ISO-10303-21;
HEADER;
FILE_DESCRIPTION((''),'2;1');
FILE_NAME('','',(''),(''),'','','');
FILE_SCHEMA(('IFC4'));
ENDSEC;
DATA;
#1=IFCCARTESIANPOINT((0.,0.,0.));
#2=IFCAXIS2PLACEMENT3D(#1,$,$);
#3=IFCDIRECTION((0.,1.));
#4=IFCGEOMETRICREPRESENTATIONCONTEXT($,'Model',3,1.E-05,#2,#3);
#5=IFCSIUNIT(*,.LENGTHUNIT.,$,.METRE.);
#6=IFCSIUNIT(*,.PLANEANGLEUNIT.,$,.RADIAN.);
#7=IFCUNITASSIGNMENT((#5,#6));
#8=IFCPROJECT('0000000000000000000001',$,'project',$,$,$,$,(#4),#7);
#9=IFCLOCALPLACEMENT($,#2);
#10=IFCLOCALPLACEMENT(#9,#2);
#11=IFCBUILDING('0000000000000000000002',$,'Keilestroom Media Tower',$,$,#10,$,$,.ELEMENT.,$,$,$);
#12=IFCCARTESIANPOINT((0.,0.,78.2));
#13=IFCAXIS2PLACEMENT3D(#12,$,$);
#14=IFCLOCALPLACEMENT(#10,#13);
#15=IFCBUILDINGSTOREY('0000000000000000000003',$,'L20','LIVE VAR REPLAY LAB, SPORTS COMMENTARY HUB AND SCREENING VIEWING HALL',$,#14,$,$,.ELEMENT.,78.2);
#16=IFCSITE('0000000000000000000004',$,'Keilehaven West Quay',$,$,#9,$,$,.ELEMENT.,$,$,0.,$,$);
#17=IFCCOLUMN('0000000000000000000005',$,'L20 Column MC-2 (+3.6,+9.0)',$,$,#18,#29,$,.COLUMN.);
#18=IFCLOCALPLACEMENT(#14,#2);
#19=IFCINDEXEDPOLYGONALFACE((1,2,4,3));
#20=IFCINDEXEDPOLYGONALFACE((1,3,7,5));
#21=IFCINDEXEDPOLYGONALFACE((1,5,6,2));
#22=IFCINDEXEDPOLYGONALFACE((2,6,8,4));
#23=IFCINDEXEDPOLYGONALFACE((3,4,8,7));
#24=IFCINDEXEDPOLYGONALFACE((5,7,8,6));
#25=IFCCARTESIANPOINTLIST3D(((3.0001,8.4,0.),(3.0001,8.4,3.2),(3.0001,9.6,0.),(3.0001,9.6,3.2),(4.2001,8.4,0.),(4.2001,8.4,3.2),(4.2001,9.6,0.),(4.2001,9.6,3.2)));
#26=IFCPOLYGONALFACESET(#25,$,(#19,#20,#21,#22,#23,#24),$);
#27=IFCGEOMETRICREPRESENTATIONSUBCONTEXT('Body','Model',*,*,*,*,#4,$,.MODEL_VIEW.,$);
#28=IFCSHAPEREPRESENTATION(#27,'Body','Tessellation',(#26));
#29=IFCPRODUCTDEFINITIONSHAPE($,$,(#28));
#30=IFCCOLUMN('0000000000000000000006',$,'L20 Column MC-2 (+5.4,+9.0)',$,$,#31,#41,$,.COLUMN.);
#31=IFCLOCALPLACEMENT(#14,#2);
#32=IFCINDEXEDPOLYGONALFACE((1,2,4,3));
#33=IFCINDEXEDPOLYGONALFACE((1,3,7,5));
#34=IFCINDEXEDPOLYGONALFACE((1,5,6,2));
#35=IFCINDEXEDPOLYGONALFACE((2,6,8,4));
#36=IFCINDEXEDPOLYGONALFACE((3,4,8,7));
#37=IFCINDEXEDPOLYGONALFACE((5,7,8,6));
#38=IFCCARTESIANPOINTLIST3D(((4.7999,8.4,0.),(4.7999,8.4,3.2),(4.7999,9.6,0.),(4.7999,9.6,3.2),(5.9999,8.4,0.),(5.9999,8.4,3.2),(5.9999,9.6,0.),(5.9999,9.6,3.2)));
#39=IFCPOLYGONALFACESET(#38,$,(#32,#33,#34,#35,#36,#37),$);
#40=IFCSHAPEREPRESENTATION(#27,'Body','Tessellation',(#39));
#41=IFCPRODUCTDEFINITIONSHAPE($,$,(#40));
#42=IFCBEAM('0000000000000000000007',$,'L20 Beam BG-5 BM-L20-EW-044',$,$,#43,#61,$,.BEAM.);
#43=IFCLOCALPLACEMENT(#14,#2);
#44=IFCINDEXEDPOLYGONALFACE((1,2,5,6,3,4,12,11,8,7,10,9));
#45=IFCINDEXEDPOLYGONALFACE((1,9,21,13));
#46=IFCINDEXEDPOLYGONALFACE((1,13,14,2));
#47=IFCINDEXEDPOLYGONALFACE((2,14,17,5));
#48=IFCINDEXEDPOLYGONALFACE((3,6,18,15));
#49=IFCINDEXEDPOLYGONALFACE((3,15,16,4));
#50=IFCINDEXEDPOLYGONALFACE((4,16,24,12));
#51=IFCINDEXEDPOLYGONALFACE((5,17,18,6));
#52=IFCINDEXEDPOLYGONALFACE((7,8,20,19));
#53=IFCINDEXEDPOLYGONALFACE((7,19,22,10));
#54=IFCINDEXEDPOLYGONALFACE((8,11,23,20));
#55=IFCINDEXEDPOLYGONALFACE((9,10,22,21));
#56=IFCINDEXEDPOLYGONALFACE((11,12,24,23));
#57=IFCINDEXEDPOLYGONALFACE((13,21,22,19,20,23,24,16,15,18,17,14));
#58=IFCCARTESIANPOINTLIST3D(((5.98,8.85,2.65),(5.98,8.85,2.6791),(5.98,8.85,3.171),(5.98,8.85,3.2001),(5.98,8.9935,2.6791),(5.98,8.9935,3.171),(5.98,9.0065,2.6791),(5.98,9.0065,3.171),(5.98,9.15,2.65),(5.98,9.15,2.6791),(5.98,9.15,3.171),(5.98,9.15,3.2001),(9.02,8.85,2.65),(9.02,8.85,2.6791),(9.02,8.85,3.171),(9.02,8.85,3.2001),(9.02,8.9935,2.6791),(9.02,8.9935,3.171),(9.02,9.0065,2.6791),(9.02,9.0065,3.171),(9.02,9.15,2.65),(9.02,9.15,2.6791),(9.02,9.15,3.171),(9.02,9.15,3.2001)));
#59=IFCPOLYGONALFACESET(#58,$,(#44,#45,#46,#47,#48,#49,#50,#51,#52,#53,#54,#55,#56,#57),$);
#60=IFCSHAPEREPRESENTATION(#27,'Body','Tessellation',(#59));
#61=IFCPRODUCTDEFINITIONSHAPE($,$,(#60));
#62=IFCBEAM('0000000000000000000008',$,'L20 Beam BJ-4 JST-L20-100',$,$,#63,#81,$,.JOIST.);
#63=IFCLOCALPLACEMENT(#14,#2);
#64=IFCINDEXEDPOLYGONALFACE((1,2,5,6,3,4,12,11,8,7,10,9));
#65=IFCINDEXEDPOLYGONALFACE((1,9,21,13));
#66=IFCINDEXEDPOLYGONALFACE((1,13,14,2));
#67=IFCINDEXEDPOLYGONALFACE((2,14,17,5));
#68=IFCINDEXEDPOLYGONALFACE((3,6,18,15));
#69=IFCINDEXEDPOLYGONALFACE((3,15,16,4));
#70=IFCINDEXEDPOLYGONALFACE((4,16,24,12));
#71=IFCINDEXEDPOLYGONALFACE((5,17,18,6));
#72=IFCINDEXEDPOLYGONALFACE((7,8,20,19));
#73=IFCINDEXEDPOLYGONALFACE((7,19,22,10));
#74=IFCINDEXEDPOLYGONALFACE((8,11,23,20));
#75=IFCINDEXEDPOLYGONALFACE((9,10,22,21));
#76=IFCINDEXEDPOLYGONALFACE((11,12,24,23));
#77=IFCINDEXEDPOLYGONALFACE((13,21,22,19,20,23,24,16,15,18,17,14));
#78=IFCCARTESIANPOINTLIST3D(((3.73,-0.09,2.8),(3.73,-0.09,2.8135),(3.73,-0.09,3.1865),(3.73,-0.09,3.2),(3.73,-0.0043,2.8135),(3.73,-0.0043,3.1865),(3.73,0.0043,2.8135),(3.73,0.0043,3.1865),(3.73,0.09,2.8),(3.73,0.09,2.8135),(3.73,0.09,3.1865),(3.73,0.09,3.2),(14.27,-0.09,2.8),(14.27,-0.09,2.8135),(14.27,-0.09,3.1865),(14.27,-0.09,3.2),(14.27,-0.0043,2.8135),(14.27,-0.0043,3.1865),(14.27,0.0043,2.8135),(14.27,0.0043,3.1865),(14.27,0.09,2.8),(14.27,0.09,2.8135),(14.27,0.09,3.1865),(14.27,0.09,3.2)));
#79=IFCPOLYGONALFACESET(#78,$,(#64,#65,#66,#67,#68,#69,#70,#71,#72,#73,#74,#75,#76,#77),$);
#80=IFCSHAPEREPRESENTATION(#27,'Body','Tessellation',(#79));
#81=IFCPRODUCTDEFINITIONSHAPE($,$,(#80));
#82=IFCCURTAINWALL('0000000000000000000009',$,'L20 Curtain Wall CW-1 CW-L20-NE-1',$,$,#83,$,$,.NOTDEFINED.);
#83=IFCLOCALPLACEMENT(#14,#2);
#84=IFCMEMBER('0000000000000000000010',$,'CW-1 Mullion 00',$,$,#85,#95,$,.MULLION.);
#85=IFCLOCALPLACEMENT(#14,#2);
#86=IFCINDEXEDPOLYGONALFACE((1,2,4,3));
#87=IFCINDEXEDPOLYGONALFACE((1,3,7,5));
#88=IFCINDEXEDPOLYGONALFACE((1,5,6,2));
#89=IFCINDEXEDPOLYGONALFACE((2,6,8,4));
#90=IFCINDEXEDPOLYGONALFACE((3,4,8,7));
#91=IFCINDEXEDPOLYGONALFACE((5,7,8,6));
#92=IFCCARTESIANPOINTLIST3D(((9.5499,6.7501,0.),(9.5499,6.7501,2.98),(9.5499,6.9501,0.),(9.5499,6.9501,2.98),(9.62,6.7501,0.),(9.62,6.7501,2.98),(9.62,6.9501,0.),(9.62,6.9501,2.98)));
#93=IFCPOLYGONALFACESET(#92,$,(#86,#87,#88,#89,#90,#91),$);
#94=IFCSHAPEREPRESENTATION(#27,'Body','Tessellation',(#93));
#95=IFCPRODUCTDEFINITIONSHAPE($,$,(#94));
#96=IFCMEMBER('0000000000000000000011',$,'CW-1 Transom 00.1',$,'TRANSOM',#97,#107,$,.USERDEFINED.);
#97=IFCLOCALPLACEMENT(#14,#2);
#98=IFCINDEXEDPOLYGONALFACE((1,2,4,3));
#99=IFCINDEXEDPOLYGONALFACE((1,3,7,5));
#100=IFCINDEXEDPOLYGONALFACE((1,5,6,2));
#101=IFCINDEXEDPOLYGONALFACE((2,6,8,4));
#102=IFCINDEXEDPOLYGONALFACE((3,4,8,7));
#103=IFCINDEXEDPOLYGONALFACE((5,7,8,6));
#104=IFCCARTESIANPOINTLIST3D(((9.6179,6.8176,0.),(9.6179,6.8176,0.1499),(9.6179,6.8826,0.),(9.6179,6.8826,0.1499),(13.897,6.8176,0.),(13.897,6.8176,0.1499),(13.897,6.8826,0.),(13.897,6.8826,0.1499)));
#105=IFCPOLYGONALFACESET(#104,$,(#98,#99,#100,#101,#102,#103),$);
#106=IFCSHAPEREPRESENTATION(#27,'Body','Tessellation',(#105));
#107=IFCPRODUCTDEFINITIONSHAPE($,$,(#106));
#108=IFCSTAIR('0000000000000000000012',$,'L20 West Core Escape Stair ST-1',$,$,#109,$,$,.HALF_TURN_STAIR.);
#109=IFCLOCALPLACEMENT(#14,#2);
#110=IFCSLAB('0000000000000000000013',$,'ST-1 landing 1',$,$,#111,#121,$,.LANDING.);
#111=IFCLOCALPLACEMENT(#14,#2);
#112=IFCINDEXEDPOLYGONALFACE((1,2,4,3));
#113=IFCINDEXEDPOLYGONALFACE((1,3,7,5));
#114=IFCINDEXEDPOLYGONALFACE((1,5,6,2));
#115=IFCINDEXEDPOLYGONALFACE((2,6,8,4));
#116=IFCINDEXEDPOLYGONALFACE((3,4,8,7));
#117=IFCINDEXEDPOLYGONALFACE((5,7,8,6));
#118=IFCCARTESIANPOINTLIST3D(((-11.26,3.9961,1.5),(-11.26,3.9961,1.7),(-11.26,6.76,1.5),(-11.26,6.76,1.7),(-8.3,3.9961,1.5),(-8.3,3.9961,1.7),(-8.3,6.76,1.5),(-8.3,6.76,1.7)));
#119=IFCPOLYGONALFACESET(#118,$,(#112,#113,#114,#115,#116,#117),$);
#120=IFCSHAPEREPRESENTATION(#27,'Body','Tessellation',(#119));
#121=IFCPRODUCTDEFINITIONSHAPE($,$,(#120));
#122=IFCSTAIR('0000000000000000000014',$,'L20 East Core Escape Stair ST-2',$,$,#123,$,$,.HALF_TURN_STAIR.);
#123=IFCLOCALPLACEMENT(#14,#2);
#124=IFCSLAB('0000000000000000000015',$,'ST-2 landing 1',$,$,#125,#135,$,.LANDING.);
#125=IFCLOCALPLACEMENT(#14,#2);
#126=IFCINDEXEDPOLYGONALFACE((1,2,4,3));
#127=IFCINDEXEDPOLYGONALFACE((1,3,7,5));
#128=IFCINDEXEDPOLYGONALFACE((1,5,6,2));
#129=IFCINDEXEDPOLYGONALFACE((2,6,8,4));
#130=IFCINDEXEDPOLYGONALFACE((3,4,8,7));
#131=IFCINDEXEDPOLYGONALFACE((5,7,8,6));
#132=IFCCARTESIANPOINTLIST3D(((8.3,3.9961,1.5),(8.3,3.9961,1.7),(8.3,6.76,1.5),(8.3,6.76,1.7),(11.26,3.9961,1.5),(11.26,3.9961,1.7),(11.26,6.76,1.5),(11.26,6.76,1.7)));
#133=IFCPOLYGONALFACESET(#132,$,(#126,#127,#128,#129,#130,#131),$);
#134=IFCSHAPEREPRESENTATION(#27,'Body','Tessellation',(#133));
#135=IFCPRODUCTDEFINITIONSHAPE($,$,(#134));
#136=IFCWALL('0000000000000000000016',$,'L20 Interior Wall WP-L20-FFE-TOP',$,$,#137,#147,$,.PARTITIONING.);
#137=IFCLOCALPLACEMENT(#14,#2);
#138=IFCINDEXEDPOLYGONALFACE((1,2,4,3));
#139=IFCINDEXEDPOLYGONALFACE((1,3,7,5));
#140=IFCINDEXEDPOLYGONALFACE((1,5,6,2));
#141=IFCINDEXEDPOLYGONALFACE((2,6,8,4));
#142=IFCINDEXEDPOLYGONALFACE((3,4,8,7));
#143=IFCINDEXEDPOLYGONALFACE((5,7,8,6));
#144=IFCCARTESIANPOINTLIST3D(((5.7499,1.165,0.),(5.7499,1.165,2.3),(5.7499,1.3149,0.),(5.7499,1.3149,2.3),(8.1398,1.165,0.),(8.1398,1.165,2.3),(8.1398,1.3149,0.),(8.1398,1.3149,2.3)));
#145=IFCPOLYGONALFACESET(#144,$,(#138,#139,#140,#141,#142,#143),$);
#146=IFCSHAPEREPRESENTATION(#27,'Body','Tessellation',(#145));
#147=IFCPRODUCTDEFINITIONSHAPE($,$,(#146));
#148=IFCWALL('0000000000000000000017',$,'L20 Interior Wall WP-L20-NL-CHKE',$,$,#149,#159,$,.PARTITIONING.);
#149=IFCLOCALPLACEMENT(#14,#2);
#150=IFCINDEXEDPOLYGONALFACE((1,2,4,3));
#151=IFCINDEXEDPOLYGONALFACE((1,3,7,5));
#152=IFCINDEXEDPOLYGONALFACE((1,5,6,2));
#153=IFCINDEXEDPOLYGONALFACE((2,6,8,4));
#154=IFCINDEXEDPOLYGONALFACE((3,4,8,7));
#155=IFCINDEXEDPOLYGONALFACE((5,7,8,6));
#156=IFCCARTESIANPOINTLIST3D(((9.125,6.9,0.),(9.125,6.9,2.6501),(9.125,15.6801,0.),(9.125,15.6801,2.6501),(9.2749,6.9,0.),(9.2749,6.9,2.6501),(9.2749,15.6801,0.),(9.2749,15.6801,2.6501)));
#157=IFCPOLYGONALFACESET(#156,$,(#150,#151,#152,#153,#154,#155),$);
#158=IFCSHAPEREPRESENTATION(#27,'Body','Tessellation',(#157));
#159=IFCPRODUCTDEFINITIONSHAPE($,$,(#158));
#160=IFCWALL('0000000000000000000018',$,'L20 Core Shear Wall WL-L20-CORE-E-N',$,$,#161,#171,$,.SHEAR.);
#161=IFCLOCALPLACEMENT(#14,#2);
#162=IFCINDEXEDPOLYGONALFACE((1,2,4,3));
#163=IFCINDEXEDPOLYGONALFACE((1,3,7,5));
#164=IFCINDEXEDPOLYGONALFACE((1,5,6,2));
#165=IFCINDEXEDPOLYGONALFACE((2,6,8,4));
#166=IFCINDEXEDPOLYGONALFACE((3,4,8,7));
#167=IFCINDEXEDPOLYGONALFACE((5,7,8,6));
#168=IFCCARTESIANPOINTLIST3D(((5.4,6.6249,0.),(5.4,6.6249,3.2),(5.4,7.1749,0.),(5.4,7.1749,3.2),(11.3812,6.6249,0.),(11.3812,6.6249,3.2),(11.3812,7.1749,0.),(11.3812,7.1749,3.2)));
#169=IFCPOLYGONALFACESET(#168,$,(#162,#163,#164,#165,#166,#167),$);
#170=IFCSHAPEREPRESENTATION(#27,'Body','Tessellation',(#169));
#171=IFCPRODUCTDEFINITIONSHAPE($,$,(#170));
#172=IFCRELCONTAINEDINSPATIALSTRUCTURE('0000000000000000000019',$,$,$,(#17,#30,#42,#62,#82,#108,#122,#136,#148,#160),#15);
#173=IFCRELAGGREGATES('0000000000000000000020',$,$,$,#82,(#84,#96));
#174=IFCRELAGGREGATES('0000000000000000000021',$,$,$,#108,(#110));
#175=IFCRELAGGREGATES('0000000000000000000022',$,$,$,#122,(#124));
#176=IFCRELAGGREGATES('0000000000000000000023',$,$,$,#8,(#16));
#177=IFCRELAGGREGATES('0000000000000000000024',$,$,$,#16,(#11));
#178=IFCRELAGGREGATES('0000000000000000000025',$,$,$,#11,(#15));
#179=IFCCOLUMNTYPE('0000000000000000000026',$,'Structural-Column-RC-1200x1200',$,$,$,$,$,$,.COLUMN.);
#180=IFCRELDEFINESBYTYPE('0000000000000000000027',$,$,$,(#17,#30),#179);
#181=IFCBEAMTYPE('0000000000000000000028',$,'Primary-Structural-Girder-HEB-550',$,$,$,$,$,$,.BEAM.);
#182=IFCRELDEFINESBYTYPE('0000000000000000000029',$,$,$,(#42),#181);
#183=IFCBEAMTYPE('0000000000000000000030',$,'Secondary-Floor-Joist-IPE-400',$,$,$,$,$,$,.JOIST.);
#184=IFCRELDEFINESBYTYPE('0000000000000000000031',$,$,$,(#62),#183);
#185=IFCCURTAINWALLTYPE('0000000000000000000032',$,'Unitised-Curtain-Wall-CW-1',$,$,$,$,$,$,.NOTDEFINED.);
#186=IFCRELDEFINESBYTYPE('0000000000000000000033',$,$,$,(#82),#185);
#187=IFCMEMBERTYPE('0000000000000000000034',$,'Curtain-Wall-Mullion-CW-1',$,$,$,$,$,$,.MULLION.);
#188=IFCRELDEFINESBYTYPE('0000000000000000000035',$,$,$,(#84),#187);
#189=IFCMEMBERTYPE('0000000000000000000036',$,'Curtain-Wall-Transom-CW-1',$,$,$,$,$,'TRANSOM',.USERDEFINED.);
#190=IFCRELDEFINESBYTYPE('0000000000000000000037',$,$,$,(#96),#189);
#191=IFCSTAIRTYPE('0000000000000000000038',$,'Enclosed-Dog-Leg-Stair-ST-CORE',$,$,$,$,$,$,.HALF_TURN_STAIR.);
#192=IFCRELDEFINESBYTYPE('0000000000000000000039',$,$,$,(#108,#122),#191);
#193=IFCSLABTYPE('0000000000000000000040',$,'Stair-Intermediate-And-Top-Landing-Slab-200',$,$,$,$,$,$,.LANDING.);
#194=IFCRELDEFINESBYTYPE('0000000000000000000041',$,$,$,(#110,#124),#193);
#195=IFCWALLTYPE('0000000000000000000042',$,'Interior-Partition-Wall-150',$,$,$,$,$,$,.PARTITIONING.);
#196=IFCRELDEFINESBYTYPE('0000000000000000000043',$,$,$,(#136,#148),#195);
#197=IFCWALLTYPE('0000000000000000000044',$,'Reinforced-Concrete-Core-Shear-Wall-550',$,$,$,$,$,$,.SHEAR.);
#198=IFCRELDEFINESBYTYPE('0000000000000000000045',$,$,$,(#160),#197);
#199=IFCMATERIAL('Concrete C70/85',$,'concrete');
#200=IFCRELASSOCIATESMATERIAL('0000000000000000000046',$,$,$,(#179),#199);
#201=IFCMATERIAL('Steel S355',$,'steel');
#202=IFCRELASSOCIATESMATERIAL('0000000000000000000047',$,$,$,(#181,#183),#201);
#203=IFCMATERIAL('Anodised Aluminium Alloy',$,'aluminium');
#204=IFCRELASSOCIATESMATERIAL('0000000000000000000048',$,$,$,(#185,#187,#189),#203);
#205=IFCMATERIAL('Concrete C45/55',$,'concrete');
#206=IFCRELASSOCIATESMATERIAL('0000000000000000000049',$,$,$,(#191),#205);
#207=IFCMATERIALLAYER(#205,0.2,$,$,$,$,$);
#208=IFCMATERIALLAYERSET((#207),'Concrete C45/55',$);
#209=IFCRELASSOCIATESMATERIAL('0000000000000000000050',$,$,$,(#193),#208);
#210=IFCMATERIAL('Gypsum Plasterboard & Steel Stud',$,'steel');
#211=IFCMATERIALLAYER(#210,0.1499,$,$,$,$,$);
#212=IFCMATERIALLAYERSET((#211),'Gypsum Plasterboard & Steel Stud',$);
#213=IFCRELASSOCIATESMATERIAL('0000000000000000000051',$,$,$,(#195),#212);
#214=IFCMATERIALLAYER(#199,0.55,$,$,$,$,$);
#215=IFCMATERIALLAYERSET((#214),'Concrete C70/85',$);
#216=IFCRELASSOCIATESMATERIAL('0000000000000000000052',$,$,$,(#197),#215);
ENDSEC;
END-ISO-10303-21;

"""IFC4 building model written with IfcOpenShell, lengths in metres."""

from ifc_helpers import new_model, si_unit, direction, frame, frame_2d, origin, origin_2d, place, context, subcontext, project, spatial, polyline, rectangle, i_section, outline, extrude, source, transform, mapped, material, layer, layer_set, material_profile, profile_set, type_object, element, aggregate, save


model = new_model("IFC4")

# Units and contexts
model_context = context("Model", 3, precision=1e-05, world=origin(), true_north=direction((0.0, 1.0)))
body_context = subcontext(model_context, "Body", "Model", "MODEL_VIEW")
ifc_project = project(units=[si_unit("LENGTHUNIT", "METRE"), si_unit("PLANEANGLEUNIT", "RADIAN")], contexts=[model_context])

# Site, building, storey
site_placement = place(None, origin())
site = spatial("IfcSite", under=ifc_project, at=site_placement, Name="Keilehaven West Quay", CompositionType="ELEMENT", RefElevation=0.0)
building_placement = place(site_placement, origin())
building = spatial("IfcBuilding", under=site, at=building_placement, Name="Keilestroom Media Tower", CompositionType="ELEMENT")
storey_placement = place(building_placement, frame((0.0, 0.0, 78.2)))
storey = spatial("IfcBuildingStorey", under=building, at=storey_placement, Name="L20", Description="LIVE VAR REPLAY LAB, SPORTS COMMENTARY HUB AND SCREENING VIEWING HALL", CompositionType="ELEMENT", Elevation=78.2)

# Columns
ifc_material_1 = material(Name="Concrete C70/85", Category="concrete")
ifc_material_profile_1 = material_profile(ifc_material_1, rectangle(XDim=1.2, YDim=1.2, at=origin_2d()), Name="RC 1200x1200")
ifc_profile_set_1 = profile_set([ifc_material_profile_1], Name="Concrete C70/85")
column_type = type_object("IfcColumnType", Name="Structural-Column-RC-1200x1200", PredefinedType="COLUMN", material=ifc_profile_set_1)
shared_shape_1 = source(origin(), body_context, "Body", "SweptSolid", [
    extrude(rectangle(XDim=1.2, YDim=1.2, at=origin_2d()), origin(), (0.0, 0.0, 1.0), 3.2),
])
for number, where, z_axis, x_axis, name in (
    (1, (3.6001, 9.0, 0.0), (0.0, 0.0, 1.0), (1.0, 0.0, 0.0), "L20 Column MC-2 (+3.6,+9.0)"),
    (2, (5.3999, 9.0, 0.0), (0.0, 0.0, 1.0), (1.0, 0.0, 0.0), "L20 Column MC-2 (+5.4,+9.0)"),
):
    element("IfcColumn", number, at=place(storey_placement, frame(where, z_axis=z_axis, x_axis=x_axis)), inside=storey, type_object=column_type, Name=name, PredefinedType="COLUMN", context=body_context, shape_type="MappedRepresentation", body=[
        mapped(shared_shape_1, transform((0.0, 0.0, 0.0), x_axis=(1.0, 0.0, 0.0), y_axis=(0.0, 1.0, 0.0), z_axis=(0.0, 0.0, 1.0), scale=1.0)),
    ])

# Beams
ifc_material_2 = material(Name="Steel S355", Category="steel")
ifc_material_profile_2 = material_profile(ifc_material_2, i_section(OverallWidth=0.3, OverallDepth=0.55, WebThickness=0.0129, FlangeThickness=0.0291, at=origin_2d()), Name="HEB 550")
ifc_profile_set_2 = profile_set([ifc_material_profile_2], Name="Steel S355")
beam_type_1 = type_object("IfcBeamType", Name="Primary-Structural-Girder-HEB-550", PredefinedType="BEAM", material=ifc_profile_set_2)
shared_shape_2 = source(origin(), body_context, "Body", "SweptSolid", [
    extrude(i_section(OverallWidth=0.3, OverallDepth=0.55, WebThickness=0.0129, FlangeThickness=0.0291, at=origin_2d()), origin(), (0.0, 0.0, 1.0), 3.04),
])
beam_1_placement = place(storey_placement, frame((5.98, 9.0, 2.925), z_axis=(1.0, 0.0, 0.0), x_axis=(0.0, 1.0, 0.0)))
element("IfcBeam", 3, at=beam_1_placement, inside=storey, type_object=beam_type_1, Name="L20 Beam BG-5 BM-L20-EW-044", PredefinedType="BEAM", context=body_context, shape_type="MappedRepresentation", body=[
    mapped(shared_shape_2, transform((0.0, 0.0, 0.0), x_axis=(1.0, 0.0, 0.0), y_axis=(0.0, 1.0, 0.0), z_axis=(0.0, 0.0, 1.0), scale=1.0)),
])
ifc_material_profile_3 = material_profile(ifc_material_2, i_section(OverallWidth=0.1799, OverallDepth=0.3999, WebThickness=0.0085, FlangeThickness=0.0134, at=origin_2d()), Name="IPE 400")
ifc_profile_set_3 = profile_set([ifc_material_profile_3], Name="Steel S355")
beam_type_2 = type_object("IfcBeamType", Name="Secondary-Floor-Joist-IPE-400", PredefinedType="JOIST", material=ifc_profile_set_3)
shared_shape_3 = source(origin(), body_context, "Body", "SweptSolid", [
    extrude(i_section(OverallWidth=0.1799, OverallDepth=0.3999, WebThickness=0.0085, FlangeThickness=0.0134, at=origin_2d()), origin(), (0.0, 0.0, 1.0), 10.54),
])
beam_2_placement = place(storey_placement, frame((3.73, 0.0, 3.0), z_axis=(1.0, 0.0, 0.0), x_axis=(0.0, 1.0, 0.0)))
element("IfcBeam", 4, at=beam_2_placement, inside=storey, type_object=beam_type_2, Name="L20 Beam BJ-4 JST-L20-100", PredefinedType="JOIST", context=body_context, shape_type="MappedRepresentation", body=[
    mapped(shared_shape_3, transform((0.0, 0.0, 0.0), x_axis=(1.0, 0.0, 0.0), y_axis=(0.0, 1.0, 0.0), z_axis=(0.0, 0.0, 1.0), scale=1.0)),
])

# Curtain wall, members
ifc_material_3 = material(Name="Anodised Aluminium Alloy", Category="aluminium")
curtain_wall_type = type_object("IfcCurtainWallType", Name="Unitised-Curtain-Wall-CW-1", PredefinedType="NOTDEFINED", material=ifc_material_3)
curtain_wall_placement = place(storey_placement, origin())
curtain_wall = element("IfcCurtainWall", 5, at=curtain_wall_placement, inside=storey, type_object=curtain_wall_type, Name="L20 Curtain Wall CW-1 CW-L20-NE-1", PredefinedType="NOTDEFINED")
ifc_material_profile_4 = material_profile(ifc_material_3, rectangle(XDim=0.0701, YDim=0.2, at=origin_2d()), Name="ALU MULLION 70x200")
ifc_profile_set_4 = profile_set([ifc_material_profile_4], Name="Anodised Aluminium Alloy")
member_type_1 = type_object("IfcMemberType", Name="Curtain-Wall-Mullion-CW-1", PredefinedType="MULLION", material=ifc_profile_set_4)
shared_shape_4 = source(origin(), body_context, "Body", "SweptSolid", [
    extrude(rectangle(XDim=0.0701, YDim=0.2, at=origin_2d()), origin(), (0.0, 0.0, 1.0), 2.98),
])
member_1_placement = place(storey_placement, frame((9.585, 6.8501, 0.0), z_axis=(0.0, 0.0, 1.0), x_axis=(1.0, 0.0, 0.0)))
member_1 = element("IfcMember", 6, at=member_1_placement, type_object=member_type_1, Name="CW-1 Mullion 00", PredefinedType="MULLION", context=body_context, shape_type="MappedRepresentation", body=[
    mapped(shared_shape_4, transform((0.0, 0.0, 0.0), x_axis=(1.0, 0.0, 0.0), y_axis=(0.0, 1.0, 0.0), z_axis=(0.0, 0.0, 1.0), scale=1.0)),
])
ifc_material_profile_5 = material_profile(ifc_material_3, rectangle(XDim=0.0649, YDim=0.1499, at=origin_2d()), Name="ALU TRANSOM 65x150")
ifc_profile_set_5 = profile_set([ifc_material_profile_5], Name="Anodised Aluminium Alloy")
member_type_2 = type_object("IfcMemberType", Name="Curtain-Wall-Transom-CW-1", ElementType="TRANSOM", PredefinedType="USERDEFINED", material=ifc_profile_set_5)
shared_shape_5 = source(origin(), body_context, "Body", "SweptSolid", [
    extrude(rectangle(XDim=0.0649, YDim=0.1499, at=origin_2d()), origin(), (0.0, 0.0, 1.0), 4.2791),
])
member_2_placement = place(storey_placement, frame((9.6179, 6.8501, 0.075), z_axis=(1.0, 0.0, 0.0), x_axis=(0.0, 1.0, 0.0)))
member_2 = element("IfcMember", 7, at=member_2_placement, type_object=member_type_2, Name="CW-1 Transom 00.1", ObjectType="TRANSOM", PredefinedType="USERDEFINED", context=body_context, shape_type="MappedRepresentation", body=[
    mapped(shared_shape_5, transform((0.0, 0.0, 0.0), x_axis=(1.0, 0.0, 0.0), y_axis=(0.0, 1.0, 0.0), z_axis=(0.0, 0.0, 1.0), scale=1.0)),
])
aggregate(curtain_wall, [member_1, member_2])

# Stairs, slabs
ifc_material_4 = material(Name="Concrete C45/55", Category="concrete")
stair_type = type_object("IfcStairType", Name="Enclosed-Dog-Leg-Stair-ST-CORE", PredefinedType="HALF_TURN_STAIR", material=ifc_material_4)
stair_1_placement = place(storey_placement, origin())
stair_1 = element("IfcStair", 8, at=stair_1_placement, inside=storey, type_object=stair_type, Name="L20 West Core Escape Stair ST-1", PredefinedType="HALF_TURN_STAIR")
ifc_layer_1 = layer(ifc_material_4, 0.2)
ifc_layer_set_1 = layer_set([ifc_layer_1], Name="Concrete C45/55")
slab_type = type_object("IfcSlabType", Name="Stair-Intermediate-And-Top-Landing-Slab-200", PredefinedType="LANDING", material=ifc_layer_set_1)
slab_1_placement = place(storey_placement, frame((0.0, 0.0, 1.5)))
slab_1 = element("IfcSlab", 9, at=slab_1_placement, type_object=slab_type, Name="ST-1 landing 1", PredefinedType="LANDING", context=body_context, shape_type="SweptSolid", body=[
    extrude(outline(polyline([(-8.3, 3.9961), (-8.3, 6.76), (-11.26, 6.76), (-11.26, 3.9961), (-8.3, 3.9961)])), origin(), (0.0, 0.0, 1.0), 0.2),
])
aggregate(stair_1, [slab_1])
stair_2_placement = place(storey_placement, origin())
stair_2 = element("IfcStair", 10, at=stair_2_placement, inside=storey, type_object=stair_type, Name="L20 East Core Escape Stair ST-2", PredefinedType="HALF_TURN_STAIR")
slab_2_placement = place(storey_placement, frame((0.0, 0.0, 1.5)))
slab_2 = element("IfcSlab", 11, at=slab_2_placement, type_object=slab_type, Name="ST-2 landing 1", PredefinedType="LANDING", context=body_context, shape_type="SweptSolid", body=[
    extrude(outline(polyline([(11.26, 3.9961), (11.26, 6.76), (8.3, 6.76), (8.3, 3.9961), (11.26, 3.9961)])), origin(), (0.0, 0.0, 1.0), 0.2),
])

# Walls
ifc_material_5 = material(Name="Gypsum Plasterboard & Steel Stud", Category="steel")
ifc_layer_2 = layer(ifc_material_5, 0.1499)
ifc_layer_set_2 = layer_set([ifc_layer_2], Name="Gypsum Plasterboard & Steel Stud")
wall_type_1 = type_object("IfcWallType", Name="Interior-Partition-Wall-150", PredefinedType="PARTITIONING", material=ifc_layer_set_2)
wall_1_placement = place(storey_placement, frame((5.75, 1.24, 0.0), z_axis=(0.0, 0.0, 1.0), x_axis=(1.0, 0.0, 0.0)))
element("IfcWall", 12, at=wall_1_placement, inside=storey, type_object=wall_type_1, Name="L20 Interior Wall WP-L20-FFE-TOP", PredefinedType="PARTITIONING", context=body_context, shape_type="SweptSolid", body=[
    extrude(rectangle(XDim=2.3899, YDim=0.1499, at=frame_2d((1.1948, 0.0))), origin(), (0.0, 0.0, 1.0), 2.3),
])
wall_2_placement = place(storey_placement, frame((9.2, 6.8999, 0.0), z_axis=(0.0, 0.0, 1.0), x_axis=(0.0, 1.0, 0.0)))
element("IfcWall", 13, at=wall_2_placement, inside=storey, type_object=wall_type_1, Name="L20 Interior Wall WP-L20-NL-CHKE", PredefinedType="PARTITIONING", context=body_context, shape_type="SweptSolid", body=[
    extrude(rectangle(XDim=8.78, YDim=0.1499, at=frame_2d((4.3901, 0.0))), origin(), (0.0, 0.0, 1.0), 2.6501),
])
ifc_layer_3 = layer(ifc_material_1, 0.55)
ifc_layer_set_3 = layer_set([ifc_layer_3], Name="Concrete C70/85")
wall_type_2 = type_object("IfcWallType", Name="Reinforced-Concrete-Core-Shear-Wall-550", PredefinedType="SHEAR", material=ifc_layer_set_3)
wall_3_placement = place(storey_placement, frame((5.3999, 6.8999, 0.0), z_axis=(0.0, 0.0, 1.0), x_axis=(1.0, 0.0, 0.0)))
element("IfcWall", 14, at=wall_3_placement, inside=storey, type_object=wall_type_2, Name="L20 Core Shear Wall WL-L20-CORE-E-N", PredefinedType="SHEAR", context=body_context, shape_type="SweptSolid", body=[
    extrude(rectangle(XDim=5.9812, YDim=0.55, at=frame_2d((2.9907, 0.0))), origin(), (0.0, 0.0, 1.0), 3.2),
])

aggregate(stair_2, [slab_2])

save(model, "model.ifc")
